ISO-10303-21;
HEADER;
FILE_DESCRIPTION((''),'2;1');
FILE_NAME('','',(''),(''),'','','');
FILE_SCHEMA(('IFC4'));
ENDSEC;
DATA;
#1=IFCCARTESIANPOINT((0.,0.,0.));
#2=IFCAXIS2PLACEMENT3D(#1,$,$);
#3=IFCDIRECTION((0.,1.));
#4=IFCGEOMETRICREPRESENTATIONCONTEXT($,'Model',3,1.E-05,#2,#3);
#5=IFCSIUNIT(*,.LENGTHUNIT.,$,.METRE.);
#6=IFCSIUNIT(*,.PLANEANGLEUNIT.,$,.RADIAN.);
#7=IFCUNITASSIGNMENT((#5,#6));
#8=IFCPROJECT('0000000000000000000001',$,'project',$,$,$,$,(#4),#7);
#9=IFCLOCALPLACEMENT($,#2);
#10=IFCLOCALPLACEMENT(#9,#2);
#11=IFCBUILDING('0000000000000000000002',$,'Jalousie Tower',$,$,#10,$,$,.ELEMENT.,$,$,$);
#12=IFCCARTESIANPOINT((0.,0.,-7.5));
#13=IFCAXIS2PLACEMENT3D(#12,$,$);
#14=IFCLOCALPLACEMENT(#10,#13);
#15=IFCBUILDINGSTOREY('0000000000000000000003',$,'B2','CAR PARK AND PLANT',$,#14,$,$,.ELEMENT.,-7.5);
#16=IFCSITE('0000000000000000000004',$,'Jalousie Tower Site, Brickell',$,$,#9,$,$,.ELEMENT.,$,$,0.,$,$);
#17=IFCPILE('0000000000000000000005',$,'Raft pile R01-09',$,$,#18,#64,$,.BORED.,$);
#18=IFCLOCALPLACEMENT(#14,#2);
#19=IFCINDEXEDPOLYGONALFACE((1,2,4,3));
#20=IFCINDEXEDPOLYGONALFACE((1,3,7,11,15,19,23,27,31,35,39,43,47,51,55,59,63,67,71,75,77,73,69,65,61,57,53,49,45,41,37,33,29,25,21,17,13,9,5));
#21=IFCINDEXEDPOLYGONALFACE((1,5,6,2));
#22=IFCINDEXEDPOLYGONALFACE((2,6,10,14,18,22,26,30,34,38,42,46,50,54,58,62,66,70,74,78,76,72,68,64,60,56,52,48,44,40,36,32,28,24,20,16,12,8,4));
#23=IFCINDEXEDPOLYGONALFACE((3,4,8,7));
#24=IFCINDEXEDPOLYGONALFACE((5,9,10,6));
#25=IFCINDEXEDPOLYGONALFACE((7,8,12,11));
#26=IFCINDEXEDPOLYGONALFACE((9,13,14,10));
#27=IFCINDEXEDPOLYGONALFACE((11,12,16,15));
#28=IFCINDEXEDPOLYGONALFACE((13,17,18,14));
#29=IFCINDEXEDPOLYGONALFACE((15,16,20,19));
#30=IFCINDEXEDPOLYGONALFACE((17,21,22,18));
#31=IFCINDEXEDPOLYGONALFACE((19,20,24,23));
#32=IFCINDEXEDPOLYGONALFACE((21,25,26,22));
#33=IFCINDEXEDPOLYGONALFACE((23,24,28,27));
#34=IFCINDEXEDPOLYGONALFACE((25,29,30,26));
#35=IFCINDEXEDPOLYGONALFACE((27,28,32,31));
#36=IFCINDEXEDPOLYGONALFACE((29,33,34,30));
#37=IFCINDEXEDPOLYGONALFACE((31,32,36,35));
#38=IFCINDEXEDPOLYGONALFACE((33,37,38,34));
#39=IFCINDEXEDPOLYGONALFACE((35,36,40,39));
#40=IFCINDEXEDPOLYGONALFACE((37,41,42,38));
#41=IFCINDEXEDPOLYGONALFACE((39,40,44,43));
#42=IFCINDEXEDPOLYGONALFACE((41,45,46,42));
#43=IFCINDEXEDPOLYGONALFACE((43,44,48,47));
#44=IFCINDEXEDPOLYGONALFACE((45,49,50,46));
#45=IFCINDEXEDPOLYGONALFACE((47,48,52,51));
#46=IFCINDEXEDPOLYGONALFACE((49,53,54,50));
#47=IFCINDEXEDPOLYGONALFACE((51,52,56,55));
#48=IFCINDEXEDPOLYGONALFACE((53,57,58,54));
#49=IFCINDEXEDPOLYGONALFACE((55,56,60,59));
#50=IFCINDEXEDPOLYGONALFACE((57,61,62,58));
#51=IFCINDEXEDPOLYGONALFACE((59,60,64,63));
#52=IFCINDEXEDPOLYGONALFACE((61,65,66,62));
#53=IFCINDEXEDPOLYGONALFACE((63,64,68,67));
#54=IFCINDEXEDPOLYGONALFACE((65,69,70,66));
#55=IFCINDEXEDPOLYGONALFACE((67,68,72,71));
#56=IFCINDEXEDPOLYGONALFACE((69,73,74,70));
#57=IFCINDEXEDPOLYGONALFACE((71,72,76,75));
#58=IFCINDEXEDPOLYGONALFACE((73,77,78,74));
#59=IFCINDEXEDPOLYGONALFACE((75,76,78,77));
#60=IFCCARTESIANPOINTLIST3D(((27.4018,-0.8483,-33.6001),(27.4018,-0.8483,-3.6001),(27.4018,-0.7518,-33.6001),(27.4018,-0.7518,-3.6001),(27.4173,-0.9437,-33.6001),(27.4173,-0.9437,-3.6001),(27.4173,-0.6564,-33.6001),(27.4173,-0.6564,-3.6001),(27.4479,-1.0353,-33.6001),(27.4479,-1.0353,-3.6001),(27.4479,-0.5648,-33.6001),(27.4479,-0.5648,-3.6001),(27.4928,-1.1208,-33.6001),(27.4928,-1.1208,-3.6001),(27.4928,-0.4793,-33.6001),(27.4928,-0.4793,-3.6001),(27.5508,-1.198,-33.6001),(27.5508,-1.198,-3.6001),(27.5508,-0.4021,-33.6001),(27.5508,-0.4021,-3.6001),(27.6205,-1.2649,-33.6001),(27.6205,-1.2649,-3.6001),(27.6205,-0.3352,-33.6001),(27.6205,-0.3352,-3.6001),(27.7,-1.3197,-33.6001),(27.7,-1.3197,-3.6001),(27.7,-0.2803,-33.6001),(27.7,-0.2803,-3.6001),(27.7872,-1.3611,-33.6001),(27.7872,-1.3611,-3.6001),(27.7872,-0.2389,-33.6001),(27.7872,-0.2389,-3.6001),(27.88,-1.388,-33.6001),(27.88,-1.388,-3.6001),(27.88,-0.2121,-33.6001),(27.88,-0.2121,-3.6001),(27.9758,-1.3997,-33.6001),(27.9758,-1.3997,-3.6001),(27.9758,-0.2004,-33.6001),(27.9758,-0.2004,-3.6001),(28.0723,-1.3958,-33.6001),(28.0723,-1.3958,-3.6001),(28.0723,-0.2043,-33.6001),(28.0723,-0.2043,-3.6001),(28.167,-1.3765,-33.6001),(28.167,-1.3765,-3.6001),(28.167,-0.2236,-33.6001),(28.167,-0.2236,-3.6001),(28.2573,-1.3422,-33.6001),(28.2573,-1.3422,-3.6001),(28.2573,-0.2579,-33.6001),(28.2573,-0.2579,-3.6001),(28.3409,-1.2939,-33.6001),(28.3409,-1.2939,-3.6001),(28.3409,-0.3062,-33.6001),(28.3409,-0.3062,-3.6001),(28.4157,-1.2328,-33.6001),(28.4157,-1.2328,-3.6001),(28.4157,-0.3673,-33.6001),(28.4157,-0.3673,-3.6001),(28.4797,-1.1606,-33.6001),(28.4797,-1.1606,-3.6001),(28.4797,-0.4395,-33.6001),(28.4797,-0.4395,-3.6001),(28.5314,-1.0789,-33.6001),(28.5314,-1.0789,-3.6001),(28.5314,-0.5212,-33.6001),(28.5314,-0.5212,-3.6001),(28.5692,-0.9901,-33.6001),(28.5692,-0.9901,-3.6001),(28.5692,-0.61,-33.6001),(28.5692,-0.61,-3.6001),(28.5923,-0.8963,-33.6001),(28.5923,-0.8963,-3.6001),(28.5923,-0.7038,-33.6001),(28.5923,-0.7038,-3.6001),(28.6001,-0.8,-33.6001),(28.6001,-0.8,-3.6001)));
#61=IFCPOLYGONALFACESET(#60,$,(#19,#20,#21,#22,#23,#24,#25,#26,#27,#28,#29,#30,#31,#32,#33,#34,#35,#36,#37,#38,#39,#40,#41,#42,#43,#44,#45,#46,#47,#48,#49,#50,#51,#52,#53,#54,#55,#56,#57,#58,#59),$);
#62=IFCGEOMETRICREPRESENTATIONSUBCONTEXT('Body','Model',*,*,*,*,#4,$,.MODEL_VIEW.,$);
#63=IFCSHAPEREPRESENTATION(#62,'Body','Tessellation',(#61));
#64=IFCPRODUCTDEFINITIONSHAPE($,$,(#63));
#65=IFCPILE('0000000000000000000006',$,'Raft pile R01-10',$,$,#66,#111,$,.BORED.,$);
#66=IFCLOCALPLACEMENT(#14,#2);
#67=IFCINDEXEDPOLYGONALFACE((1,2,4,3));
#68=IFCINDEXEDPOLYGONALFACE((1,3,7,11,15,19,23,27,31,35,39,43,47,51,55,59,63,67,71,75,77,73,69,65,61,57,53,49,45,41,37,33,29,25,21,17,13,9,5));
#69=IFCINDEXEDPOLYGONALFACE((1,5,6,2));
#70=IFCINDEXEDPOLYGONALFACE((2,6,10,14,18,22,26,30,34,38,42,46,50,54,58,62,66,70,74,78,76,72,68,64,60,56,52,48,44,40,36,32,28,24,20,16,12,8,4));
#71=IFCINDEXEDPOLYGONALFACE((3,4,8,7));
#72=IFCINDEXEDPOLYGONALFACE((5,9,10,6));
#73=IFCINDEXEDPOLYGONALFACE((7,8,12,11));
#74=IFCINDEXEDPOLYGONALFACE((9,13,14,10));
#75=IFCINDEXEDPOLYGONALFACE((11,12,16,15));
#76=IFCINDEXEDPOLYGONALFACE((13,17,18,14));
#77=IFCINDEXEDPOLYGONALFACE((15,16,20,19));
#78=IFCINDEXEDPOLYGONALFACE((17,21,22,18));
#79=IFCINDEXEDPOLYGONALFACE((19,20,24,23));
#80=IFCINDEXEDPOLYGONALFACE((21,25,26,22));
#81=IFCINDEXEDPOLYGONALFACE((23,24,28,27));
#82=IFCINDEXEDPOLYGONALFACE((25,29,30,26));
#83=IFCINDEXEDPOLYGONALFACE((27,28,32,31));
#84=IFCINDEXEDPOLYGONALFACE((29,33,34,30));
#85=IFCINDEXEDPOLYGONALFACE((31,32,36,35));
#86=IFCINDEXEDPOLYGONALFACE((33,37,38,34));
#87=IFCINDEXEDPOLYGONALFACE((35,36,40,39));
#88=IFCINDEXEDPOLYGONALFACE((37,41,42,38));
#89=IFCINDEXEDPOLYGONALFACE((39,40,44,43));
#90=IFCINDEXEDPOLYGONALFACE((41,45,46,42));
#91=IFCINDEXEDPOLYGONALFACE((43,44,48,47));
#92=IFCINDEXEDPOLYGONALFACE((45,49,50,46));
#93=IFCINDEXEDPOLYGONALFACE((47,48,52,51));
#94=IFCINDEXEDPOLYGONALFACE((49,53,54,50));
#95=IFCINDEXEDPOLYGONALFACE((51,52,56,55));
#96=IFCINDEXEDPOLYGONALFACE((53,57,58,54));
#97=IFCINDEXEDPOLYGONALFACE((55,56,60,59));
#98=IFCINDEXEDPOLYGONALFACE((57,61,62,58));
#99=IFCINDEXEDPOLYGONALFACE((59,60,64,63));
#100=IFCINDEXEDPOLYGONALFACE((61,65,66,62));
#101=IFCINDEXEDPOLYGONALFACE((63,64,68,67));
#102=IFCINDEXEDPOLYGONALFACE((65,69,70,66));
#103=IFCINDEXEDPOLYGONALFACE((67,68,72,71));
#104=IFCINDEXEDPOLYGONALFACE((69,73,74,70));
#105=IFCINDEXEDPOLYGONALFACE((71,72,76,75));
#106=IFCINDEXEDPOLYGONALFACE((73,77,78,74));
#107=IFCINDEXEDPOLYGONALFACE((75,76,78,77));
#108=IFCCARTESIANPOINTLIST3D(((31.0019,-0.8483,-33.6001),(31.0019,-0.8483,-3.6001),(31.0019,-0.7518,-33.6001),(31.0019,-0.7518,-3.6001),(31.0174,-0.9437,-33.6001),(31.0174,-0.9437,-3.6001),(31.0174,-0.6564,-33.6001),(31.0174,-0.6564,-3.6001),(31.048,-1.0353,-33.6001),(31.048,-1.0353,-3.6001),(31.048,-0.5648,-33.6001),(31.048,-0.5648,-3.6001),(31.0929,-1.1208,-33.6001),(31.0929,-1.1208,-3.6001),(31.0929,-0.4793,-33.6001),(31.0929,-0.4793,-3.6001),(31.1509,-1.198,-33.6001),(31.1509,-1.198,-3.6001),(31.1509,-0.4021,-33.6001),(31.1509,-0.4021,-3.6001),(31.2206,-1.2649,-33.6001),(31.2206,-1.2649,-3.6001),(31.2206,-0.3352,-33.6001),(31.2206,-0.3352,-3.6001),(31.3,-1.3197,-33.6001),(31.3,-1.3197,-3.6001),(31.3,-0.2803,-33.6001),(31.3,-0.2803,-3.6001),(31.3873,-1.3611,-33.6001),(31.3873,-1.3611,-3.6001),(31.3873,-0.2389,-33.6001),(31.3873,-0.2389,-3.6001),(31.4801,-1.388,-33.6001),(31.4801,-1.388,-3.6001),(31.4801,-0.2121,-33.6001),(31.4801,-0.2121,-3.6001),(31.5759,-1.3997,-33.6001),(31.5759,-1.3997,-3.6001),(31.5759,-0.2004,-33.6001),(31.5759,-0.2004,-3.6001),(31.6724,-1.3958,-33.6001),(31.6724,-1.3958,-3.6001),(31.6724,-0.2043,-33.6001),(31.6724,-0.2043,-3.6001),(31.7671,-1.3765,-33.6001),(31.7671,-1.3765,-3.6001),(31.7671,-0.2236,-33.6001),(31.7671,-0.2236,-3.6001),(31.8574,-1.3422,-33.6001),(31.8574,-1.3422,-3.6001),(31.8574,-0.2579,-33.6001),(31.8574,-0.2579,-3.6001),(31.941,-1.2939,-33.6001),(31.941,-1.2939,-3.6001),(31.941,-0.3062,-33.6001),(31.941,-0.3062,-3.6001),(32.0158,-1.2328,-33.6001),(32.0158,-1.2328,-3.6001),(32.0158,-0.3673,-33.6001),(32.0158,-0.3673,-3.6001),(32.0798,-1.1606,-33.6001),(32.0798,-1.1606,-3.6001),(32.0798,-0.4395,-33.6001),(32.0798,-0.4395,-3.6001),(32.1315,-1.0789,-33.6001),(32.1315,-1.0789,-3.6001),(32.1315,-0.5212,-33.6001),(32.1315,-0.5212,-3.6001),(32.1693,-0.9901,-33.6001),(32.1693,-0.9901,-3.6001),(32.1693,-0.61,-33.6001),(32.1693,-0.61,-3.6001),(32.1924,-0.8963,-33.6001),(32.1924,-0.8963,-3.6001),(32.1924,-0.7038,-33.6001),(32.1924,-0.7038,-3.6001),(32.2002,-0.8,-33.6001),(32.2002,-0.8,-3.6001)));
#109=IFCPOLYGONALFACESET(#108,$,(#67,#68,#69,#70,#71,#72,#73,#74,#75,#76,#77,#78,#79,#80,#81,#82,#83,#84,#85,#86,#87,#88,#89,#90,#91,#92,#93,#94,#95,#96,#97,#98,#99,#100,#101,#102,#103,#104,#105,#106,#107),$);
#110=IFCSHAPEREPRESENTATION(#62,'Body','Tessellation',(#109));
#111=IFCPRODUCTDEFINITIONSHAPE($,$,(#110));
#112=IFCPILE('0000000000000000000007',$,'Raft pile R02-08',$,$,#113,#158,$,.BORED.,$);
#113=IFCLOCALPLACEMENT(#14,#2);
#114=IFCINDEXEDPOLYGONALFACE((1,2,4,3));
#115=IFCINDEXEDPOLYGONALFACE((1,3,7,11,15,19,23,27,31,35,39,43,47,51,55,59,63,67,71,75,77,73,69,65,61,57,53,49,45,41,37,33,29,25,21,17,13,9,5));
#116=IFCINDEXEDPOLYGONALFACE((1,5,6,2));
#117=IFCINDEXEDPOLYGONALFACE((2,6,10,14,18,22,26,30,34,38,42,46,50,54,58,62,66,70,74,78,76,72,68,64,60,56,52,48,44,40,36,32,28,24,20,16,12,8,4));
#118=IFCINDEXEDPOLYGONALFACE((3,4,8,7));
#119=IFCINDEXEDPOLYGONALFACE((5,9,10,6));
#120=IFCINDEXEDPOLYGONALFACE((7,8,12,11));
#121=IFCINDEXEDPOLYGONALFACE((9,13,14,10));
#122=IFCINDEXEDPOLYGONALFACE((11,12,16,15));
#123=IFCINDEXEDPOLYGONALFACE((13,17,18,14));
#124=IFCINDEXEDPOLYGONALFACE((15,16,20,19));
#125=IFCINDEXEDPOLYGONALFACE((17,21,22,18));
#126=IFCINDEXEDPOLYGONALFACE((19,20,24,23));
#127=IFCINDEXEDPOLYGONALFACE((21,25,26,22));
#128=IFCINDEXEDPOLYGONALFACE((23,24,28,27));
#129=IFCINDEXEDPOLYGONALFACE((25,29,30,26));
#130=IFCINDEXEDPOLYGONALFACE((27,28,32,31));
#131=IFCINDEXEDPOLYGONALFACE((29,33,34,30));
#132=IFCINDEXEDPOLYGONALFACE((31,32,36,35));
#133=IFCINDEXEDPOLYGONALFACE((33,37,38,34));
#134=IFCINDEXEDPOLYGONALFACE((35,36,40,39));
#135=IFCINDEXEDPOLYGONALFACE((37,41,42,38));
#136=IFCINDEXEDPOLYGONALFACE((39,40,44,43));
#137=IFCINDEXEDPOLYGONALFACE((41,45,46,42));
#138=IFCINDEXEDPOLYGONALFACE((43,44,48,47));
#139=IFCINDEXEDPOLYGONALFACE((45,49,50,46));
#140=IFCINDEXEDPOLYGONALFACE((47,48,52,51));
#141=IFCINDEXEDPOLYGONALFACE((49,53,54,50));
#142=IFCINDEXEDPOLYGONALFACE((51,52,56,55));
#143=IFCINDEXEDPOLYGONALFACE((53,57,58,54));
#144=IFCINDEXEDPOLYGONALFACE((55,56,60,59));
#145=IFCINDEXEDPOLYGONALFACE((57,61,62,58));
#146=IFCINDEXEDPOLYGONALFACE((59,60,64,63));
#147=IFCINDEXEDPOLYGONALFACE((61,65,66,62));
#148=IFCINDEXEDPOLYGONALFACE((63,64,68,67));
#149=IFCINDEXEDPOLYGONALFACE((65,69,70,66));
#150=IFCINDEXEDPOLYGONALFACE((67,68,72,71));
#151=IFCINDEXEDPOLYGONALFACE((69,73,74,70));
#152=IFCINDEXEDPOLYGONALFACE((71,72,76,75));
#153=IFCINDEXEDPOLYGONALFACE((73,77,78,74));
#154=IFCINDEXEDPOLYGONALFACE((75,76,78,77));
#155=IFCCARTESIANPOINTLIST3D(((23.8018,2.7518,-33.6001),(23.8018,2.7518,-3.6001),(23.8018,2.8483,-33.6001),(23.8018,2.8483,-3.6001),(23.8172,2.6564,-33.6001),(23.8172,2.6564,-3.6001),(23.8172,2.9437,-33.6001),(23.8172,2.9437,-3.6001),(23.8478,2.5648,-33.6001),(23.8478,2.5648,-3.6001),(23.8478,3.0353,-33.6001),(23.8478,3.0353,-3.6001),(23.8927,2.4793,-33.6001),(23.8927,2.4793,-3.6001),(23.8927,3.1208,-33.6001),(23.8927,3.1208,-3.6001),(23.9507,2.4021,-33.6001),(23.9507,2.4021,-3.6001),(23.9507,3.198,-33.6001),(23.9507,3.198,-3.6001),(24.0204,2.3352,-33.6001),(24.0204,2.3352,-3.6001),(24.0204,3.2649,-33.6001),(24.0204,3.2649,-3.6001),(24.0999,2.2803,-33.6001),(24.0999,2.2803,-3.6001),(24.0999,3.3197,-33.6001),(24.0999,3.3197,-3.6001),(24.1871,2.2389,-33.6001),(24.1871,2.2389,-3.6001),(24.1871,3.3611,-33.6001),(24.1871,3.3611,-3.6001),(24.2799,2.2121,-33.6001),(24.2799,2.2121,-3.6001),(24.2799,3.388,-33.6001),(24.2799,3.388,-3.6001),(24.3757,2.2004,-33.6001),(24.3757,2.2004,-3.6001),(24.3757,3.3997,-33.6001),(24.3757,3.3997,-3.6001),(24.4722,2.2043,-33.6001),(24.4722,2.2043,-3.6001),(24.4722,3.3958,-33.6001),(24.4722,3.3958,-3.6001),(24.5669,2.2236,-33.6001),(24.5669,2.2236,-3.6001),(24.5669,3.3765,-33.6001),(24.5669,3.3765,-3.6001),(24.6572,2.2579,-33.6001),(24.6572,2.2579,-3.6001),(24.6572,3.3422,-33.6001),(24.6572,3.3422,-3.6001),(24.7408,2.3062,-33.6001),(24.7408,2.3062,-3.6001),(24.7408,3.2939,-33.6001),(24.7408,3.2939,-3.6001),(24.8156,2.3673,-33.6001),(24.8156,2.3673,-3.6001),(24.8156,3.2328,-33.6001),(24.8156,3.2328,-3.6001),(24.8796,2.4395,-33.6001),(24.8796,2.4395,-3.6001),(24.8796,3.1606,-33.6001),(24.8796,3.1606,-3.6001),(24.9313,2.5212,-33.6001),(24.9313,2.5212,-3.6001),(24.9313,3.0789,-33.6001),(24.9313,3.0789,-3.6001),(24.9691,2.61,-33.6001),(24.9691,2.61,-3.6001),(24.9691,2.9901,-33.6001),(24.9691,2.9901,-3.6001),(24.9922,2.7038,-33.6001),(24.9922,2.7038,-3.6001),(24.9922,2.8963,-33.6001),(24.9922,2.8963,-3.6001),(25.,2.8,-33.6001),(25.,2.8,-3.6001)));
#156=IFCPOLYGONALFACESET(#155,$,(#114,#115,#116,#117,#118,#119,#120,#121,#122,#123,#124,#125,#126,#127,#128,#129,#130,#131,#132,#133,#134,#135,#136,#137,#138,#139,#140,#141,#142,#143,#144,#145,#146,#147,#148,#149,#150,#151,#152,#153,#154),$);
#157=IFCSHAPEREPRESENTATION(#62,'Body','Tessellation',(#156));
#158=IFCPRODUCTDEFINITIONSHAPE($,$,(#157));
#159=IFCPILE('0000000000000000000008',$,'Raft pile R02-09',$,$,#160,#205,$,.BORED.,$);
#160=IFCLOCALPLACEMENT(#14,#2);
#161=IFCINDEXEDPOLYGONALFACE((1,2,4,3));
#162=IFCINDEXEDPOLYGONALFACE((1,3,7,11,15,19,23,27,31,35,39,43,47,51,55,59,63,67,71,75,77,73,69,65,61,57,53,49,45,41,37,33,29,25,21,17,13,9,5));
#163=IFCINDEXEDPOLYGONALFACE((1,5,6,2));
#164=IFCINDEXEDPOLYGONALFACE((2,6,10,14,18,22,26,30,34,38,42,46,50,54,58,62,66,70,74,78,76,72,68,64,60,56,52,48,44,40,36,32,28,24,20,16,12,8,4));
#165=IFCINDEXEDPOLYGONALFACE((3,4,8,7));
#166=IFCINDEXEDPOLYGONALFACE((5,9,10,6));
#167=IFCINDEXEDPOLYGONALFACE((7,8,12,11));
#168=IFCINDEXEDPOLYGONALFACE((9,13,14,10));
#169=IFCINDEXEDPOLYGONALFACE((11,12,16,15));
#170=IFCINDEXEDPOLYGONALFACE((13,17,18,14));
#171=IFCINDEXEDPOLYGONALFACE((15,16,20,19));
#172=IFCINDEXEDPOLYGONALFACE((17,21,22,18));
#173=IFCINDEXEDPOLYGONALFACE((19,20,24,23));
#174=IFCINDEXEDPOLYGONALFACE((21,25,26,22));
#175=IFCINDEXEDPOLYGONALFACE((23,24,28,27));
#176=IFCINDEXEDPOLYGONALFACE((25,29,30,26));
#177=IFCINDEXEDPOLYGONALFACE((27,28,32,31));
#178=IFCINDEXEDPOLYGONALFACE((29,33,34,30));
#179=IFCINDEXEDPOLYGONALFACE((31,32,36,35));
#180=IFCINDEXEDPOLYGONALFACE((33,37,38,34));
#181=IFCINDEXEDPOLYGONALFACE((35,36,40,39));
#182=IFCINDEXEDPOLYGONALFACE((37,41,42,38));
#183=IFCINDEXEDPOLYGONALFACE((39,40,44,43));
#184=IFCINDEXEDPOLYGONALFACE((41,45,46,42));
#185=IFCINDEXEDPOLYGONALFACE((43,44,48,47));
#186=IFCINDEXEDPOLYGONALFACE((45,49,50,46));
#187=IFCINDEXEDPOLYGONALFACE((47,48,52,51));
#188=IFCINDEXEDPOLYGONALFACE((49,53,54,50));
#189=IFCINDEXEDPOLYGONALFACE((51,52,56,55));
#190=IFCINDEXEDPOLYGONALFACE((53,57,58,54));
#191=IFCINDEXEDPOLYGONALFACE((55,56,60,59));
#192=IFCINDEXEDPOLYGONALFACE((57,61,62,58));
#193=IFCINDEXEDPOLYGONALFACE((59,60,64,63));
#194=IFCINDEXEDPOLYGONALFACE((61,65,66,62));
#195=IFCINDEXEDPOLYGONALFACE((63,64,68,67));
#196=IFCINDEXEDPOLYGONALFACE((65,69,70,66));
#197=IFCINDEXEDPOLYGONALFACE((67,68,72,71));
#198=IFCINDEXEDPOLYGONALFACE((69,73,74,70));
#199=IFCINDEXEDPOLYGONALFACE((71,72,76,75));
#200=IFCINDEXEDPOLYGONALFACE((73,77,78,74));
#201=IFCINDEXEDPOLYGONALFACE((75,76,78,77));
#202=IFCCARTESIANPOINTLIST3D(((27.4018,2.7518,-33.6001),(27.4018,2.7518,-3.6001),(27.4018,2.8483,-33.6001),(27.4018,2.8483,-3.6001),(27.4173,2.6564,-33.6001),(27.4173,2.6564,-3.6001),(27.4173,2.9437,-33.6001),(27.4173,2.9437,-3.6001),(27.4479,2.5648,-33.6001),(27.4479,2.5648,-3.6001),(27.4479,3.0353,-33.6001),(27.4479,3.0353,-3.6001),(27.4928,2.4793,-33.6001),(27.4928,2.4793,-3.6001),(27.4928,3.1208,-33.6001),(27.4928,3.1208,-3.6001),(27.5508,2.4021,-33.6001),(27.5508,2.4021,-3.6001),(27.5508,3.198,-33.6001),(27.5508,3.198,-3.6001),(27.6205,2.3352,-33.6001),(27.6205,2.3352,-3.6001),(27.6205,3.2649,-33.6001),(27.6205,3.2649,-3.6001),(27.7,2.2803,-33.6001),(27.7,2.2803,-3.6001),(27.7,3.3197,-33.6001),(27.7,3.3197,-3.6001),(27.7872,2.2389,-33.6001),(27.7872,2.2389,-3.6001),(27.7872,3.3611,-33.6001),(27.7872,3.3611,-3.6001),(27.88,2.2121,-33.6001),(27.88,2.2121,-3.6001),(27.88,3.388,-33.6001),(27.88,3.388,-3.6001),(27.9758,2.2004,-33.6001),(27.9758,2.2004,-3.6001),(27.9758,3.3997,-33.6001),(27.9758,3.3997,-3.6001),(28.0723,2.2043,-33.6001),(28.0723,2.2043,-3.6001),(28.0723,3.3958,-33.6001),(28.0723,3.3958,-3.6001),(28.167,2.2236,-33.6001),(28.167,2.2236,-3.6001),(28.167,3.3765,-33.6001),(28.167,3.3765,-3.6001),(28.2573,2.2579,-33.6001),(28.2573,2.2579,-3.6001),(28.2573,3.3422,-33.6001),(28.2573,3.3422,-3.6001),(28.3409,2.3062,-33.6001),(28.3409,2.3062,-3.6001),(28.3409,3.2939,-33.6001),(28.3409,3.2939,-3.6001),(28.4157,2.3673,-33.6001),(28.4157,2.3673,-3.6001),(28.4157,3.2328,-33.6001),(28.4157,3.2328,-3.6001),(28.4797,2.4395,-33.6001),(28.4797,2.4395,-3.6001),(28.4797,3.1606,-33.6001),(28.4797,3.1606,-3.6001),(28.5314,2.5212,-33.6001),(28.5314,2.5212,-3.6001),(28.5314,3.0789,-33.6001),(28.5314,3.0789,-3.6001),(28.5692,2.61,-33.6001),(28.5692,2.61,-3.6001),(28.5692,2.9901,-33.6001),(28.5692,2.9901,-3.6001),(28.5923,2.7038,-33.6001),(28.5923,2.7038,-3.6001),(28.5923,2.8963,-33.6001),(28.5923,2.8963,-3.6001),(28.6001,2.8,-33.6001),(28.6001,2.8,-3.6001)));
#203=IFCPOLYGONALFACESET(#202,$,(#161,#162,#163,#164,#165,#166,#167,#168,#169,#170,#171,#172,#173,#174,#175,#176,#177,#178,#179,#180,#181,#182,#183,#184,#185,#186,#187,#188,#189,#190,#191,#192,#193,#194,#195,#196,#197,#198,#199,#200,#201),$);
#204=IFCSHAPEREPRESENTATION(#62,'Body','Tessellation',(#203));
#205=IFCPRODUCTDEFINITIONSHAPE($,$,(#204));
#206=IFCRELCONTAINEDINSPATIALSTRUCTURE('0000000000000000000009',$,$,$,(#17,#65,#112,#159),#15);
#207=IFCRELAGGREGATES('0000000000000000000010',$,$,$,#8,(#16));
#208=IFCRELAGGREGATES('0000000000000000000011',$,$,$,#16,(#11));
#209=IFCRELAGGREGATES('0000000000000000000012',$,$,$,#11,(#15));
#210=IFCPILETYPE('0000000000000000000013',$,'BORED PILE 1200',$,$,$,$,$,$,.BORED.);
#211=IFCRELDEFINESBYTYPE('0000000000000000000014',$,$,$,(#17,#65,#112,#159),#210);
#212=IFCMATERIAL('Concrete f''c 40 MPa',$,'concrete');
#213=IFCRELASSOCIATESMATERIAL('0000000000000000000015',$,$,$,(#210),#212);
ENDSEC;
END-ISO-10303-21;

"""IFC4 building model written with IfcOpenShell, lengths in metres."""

from ifc_helpers import new_model, si_unit, direction, frame, origin, origin_2d, place, context, subcontext, project, spatial, circle, extrude, material, material_profile, profile_set, type_object, element, save


model = new_model("IFC4")

# Units and contexts
model_context = context("Model", 3, precision=1e-05, world=origin(), true_north=direction((0.0, 1.0)))
body_context = subcontext(model_context, "Body", "Model", "MODEL_VIEW")
ifc_project = project(units=[si_unit("LENGTHUNIT", "METRE"), si_unit("PLANEANGLEUNIT", "RADIAN")], contexts=[model_context])

# Site, building, storey
site_placement = place(None, origin())
site = spatial("IfcSite", under=ifc_project, at=site_placement, Name="Jalousie Tower Site, Brickell", CompositionType="ELEMENT", RefElevation=0.0)
building_placement = place(site_placement, origin())
building = spatial("IfcBuilding", under=site, at=building_placement, Name="Jalousie Tower", CompositionType="ELEMENT")
storey_placement = place(building_placement, frame((0.0, 0.0, -7.5)))
storey = spatial("IfcBuildingStorey", under=building, at=storey_placement, Name="B2", Description="CAR PARK AND PLANT", CompositionType="ELEMENT", Elevation=-7.5)

# Piles
ifc_material_1 = material(Name="Concrete f'c 40 MPa", Category="concrete")
ifc_material_profile_1 = material_profile(ifc_material_1, circle(Radius=0.6001, at=origin_2d()), Name="BORED PILE D1200")
ifc_profile_set_1 = profile_set([ifc_material_profile_1], Name="Concrete f'c 40 MPa")
pile_type_1 = type_object("IfcPileType", Name="BORED PILE 1200", PredefinedType="BORED", material=ifc_profile_set_1)
for number, where, z_axis, x_axis, name in (
    (1, (28.0, -0.8, -3.6001), (0.0, 0.0, -1.0), (1.0, 0.0, 0.0), "Raft pile R01-09"),
    (2, (31.6001, -0.8, -3.6001), (0.0, 0.0, -1.0), (1.0, 0.0, 0.0), "Raft pile R01-10"),
    (3, (24.3999, 2.8, -3.6001), (0.0, 0.0, -1.0), (1.0, 0.0, 0.0), "Raft pile R02-08"),
    (4, (28.0, 2.8, -3.6001), (0.0, 0.0, -1.0), (1.0, 0.0, 0.0), "Raft pile R02-09"),
):
    element("IfcPile", number, at=place(storey_placement, frame(where, z_axis=z_axis, x_axis=x_axis)), inside=storey, type_object=pile_type_1, Name=name, PredefinedType="BORED", context=body_context, shape_type="SweptSolid", body=[
        extrude(circle(Radius=0.6001, at=origin_2d()), origin(), (0.0, 0.0, 1.0), 30.0),
    ])

save(model, "model.ifc")
